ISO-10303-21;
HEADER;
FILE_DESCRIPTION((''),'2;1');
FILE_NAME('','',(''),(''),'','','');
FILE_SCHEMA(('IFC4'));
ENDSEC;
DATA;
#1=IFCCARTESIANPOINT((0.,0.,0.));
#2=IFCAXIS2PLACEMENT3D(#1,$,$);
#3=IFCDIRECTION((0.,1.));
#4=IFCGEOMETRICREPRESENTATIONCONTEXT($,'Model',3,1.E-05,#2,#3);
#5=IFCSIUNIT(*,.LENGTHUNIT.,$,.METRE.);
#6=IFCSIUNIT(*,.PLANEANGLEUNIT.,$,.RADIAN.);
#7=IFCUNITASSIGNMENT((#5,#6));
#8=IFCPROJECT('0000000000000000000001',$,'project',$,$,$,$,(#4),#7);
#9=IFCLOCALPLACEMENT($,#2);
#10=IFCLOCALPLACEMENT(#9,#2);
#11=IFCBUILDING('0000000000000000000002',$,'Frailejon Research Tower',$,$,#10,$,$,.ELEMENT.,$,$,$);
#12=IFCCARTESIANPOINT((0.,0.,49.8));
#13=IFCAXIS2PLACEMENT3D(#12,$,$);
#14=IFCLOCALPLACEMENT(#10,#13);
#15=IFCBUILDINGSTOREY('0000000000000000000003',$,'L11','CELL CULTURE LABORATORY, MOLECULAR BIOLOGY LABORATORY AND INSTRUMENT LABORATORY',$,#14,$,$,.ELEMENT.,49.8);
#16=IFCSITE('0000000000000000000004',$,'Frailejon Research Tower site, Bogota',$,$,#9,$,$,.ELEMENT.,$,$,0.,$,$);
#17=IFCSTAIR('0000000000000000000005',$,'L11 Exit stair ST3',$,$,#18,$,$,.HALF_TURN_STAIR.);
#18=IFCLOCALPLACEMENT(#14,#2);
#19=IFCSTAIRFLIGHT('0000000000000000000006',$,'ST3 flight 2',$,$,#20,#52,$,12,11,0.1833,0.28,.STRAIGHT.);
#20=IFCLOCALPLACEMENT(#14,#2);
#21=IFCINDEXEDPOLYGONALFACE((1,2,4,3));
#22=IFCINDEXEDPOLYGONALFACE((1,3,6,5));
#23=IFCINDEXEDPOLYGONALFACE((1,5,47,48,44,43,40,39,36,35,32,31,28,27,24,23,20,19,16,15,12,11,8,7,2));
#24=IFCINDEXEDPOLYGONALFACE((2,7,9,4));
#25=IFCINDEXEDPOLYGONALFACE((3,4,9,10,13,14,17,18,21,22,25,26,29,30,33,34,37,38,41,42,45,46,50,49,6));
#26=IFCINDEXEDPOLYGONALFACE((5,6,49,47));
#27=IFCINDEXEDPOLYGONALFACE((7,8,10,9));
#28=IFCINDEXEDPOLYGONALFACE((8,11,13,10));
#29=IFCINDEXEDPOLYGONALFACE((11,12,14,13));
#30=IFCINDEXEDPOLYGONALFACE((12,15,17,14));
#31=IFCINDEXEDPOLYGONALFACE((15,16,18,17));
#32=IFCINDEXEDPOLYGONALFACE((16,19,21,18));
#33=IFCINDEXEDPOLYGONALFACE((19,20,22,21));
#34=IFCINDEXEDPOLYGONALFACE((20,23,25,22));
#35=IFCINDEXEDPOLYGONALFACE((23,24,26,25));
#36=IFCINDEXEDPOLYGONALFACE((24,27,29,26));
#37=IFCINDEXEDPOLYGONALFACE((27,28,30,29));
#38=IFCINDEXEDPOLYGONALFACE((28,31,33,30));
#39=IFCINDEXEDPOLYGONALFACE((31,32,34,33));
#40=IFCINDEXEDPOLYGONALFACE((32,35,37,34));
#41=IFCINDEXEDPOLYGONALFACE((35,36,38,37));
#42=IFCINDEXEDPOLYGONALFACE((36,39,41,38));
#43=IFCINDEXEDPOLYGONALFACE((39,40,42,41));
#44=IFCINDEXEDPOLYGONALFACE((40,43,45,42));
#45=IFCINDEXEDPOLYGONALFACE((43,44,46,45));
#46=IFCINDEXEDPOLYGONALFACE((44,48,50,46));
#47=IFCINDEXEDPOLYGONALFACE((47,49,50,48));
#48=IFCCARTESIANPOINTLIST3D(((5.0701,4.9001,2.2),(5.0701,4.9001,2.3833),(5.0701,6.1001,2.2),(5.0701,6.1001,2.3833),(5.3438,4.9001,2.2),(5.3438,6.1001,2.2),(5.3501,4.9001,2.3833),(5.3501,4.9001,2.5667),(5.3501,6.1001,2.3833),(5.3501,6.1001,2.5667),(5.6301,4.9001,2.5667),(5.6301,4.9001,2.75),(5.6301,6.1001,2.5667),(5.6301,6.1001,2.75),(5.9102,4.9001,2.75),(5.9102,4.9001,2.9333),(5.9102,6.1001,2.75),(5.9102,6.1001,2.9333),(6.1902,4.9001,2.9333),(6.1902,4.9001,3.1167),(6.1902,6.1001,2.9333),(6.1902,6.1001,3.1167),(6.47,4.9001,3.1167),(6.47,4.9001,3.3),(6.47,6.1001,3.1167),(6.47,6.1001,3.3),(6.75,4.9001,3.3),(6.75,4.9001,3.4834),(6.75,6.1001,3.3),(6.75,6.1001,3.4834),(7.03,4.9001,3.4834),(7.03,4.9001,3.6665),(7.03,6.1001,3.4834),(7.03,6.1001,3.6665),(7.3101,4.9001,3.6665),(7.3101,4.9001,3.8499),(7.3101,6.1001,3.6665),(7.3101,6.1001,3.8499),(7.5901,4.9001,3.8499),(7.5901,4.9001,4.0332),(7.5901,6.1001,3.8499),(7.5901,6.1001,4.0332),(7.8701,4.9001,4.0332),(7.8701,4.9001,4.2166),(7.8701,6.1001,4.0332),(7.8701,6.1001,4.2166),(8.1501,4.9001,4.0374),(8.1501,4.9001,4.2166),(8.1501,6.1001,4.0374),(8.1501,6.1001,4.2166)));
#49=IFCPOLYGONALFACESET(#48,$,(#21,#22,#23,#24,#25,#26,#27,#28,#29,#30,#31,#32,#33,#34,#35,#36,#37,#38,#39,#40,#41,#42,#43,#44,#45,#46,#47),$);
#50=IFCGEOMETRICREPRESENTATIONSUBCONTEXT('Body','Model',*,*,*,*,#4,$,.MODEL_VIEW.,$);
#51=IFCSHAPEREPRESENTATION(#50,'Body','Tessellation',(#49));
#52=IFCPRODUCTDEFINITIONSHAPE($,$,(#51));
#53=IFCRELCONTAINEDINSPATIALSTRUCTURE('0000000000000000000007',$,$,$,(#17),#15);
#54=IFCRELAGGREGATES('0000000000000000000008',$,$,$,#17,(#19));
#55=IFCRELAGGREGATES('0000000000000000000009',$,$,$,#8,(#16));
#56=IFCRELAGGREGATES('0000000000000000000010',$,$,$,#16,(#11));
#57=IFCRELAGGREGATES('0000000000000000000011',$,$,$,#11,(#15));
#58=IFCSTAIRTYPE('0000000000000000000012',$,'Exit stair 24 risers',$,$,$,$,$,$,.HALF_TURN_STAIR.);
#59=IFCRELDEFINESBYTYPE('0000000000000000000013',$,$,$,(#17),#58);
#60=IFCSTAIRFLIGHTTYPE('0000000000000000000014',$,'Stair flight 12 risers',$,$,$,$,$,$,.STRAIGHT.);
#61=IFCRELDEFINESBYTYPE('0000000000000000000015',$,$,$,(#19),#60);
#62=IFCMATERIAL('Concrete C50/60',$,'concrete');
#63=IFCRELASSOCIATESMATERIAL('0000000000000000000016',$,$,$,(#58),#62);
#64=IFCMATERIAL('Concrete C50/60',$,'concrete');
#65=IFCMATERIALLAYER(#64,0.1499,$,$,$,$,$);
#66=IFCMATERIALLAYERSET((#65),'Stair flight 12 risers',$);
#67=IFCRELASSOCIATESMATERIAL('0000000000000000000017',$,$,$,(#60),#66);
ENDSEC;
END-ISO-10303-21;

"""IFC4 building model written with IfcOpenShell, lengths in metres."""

from ifc_helpers import new_model, si_unit, direction, frame, origin, place, context, subcontext, project, spatial, polyline, outline, extrude, material, layer, layer_set, type_object, element, aggregate, save


model = new_model("IFC4")

# Units and contexts
model_context = context("Model", 3, precision=1e-05, world=origin(), true_north=direction((0.0, 1.0)))
body_context = subcontext(model_context, "Body", "Model", "MODEL_VIEW")
ifc_project = project(units=[si_unit("LENGTHUNIT", "METRE"), si_unit("PLANEANGLEUNIT", "RADIAN")], contexts=[model_context])

# Site, building, storey
site_placement = place(None, origin())
site = spatial("IfcSite", under=ifc_project, at=site_placement, Name="Frailejon Research Tower site, Bogota", CompositionType="ELEMENT", RefElevation=0.0)
building_placement = place(site_placement, origin())
building = spatial("IfcBuilding", under=site, at=building_placement, Name="Frailejon Research Tower", CompositionType="ELEMENT")
storey_placement = place(building_placement, frame((0.0, 0.0, 49.8)))
storey = spatial("IfcBuildingStorey", under=building, at=storey_placement, Name="L11", Description="CELL CULTURE LABORATORY, MOLECULAR BIOLOGY LABORATORY AND INSTRUMENT LABORATORY", CompositionType="ELEMENT", Elevation=49.8)

# Stair, stair flight
ifc_material_1 = material(Name="Concrete C50/60", Category="concrete")
stair_type = type_object("IfcStairType", Name="Exit stair 24 risers", PredefinedType="HALF_TURN_STAIR", material=ifc_material_1)
stair_placement = place(storey_placement, origin())
stair = element("IfcStair", 1, at=stair_placement, inside=storey, type_object=stair_type, Name="L11 Exit stair ST3", PredefinedType="HALF_TURN_STAIR")
ifc_material_2 = material(Name="Concrete C50/60", Category="concrete")
ifc_layer_1 = layer(ifc_material_2, 0.1499)
ifc_layer_set_1 = layer_set([ifc_layer_1], Name="Stair flight 12 risers")
stair_flight_type = type_object("IfcStairFlightType", Name="Stair flight 12 risers", PredefinedType="STRAIGHT", material=ifc_layer_set_1)
stair_flight_1_placement = place(storey_placement, frame((5.0701, 5.5, 2.2), z_axis=(0.0, 0.0, 1.0), x_axis=(1.0, 0.0, 0.0)))
stair_flight_1 = element("IfcStairFlight", 2, at=stair_flight_1_placement, type_object=stair_flight_type, Name="ST3 flight 2", NumberOfRisers=12, NumberOfTreads=11, PredefinedType="STRAIGHT", RiserHeight=0.1833, TreadLength=0.28, context=body_context, shape_type="SweptSolid", body=[
    extrude(outline(polyline([(0.0, 0.0), (0.0, 0.1833), (0.28, 0.1833), (0.28, 0.3667), (0.5601, 0.3667), (0.5601, 0.55), (0.8401, 0.55), (0.8401, 0.7334), (1.1201, 0.7334), (1.1201, 0.9167), (1.3999, 0.9167), (1.3999, 1.1001), (1.6799, 1.1001), (1.6799, 1.2834), (1.96, 1.2834), (1.96, 1.4666), (2.24, 1.4666), (2.24, 1.6499), (2.52, 1.6499), (2.52, 1.8333), (2.8, 1.8333), (2.8, 2.0166), (3.0801, 2.0166), (3.0801, 2.2), (3.0801, 1.8374), (0.2737, 0.0), (0.0, 0.0)])), frame((0.0, 0.6001, 0.0), z_axis=(0.0, -1.0, 0.0), x_axis=(1.0, 0.0, 0.0)), (0.0, 0.0, 1.0), 1.2),
])
aggregate(stair, [stair_flight_1])

save(model, "model.ifc")
